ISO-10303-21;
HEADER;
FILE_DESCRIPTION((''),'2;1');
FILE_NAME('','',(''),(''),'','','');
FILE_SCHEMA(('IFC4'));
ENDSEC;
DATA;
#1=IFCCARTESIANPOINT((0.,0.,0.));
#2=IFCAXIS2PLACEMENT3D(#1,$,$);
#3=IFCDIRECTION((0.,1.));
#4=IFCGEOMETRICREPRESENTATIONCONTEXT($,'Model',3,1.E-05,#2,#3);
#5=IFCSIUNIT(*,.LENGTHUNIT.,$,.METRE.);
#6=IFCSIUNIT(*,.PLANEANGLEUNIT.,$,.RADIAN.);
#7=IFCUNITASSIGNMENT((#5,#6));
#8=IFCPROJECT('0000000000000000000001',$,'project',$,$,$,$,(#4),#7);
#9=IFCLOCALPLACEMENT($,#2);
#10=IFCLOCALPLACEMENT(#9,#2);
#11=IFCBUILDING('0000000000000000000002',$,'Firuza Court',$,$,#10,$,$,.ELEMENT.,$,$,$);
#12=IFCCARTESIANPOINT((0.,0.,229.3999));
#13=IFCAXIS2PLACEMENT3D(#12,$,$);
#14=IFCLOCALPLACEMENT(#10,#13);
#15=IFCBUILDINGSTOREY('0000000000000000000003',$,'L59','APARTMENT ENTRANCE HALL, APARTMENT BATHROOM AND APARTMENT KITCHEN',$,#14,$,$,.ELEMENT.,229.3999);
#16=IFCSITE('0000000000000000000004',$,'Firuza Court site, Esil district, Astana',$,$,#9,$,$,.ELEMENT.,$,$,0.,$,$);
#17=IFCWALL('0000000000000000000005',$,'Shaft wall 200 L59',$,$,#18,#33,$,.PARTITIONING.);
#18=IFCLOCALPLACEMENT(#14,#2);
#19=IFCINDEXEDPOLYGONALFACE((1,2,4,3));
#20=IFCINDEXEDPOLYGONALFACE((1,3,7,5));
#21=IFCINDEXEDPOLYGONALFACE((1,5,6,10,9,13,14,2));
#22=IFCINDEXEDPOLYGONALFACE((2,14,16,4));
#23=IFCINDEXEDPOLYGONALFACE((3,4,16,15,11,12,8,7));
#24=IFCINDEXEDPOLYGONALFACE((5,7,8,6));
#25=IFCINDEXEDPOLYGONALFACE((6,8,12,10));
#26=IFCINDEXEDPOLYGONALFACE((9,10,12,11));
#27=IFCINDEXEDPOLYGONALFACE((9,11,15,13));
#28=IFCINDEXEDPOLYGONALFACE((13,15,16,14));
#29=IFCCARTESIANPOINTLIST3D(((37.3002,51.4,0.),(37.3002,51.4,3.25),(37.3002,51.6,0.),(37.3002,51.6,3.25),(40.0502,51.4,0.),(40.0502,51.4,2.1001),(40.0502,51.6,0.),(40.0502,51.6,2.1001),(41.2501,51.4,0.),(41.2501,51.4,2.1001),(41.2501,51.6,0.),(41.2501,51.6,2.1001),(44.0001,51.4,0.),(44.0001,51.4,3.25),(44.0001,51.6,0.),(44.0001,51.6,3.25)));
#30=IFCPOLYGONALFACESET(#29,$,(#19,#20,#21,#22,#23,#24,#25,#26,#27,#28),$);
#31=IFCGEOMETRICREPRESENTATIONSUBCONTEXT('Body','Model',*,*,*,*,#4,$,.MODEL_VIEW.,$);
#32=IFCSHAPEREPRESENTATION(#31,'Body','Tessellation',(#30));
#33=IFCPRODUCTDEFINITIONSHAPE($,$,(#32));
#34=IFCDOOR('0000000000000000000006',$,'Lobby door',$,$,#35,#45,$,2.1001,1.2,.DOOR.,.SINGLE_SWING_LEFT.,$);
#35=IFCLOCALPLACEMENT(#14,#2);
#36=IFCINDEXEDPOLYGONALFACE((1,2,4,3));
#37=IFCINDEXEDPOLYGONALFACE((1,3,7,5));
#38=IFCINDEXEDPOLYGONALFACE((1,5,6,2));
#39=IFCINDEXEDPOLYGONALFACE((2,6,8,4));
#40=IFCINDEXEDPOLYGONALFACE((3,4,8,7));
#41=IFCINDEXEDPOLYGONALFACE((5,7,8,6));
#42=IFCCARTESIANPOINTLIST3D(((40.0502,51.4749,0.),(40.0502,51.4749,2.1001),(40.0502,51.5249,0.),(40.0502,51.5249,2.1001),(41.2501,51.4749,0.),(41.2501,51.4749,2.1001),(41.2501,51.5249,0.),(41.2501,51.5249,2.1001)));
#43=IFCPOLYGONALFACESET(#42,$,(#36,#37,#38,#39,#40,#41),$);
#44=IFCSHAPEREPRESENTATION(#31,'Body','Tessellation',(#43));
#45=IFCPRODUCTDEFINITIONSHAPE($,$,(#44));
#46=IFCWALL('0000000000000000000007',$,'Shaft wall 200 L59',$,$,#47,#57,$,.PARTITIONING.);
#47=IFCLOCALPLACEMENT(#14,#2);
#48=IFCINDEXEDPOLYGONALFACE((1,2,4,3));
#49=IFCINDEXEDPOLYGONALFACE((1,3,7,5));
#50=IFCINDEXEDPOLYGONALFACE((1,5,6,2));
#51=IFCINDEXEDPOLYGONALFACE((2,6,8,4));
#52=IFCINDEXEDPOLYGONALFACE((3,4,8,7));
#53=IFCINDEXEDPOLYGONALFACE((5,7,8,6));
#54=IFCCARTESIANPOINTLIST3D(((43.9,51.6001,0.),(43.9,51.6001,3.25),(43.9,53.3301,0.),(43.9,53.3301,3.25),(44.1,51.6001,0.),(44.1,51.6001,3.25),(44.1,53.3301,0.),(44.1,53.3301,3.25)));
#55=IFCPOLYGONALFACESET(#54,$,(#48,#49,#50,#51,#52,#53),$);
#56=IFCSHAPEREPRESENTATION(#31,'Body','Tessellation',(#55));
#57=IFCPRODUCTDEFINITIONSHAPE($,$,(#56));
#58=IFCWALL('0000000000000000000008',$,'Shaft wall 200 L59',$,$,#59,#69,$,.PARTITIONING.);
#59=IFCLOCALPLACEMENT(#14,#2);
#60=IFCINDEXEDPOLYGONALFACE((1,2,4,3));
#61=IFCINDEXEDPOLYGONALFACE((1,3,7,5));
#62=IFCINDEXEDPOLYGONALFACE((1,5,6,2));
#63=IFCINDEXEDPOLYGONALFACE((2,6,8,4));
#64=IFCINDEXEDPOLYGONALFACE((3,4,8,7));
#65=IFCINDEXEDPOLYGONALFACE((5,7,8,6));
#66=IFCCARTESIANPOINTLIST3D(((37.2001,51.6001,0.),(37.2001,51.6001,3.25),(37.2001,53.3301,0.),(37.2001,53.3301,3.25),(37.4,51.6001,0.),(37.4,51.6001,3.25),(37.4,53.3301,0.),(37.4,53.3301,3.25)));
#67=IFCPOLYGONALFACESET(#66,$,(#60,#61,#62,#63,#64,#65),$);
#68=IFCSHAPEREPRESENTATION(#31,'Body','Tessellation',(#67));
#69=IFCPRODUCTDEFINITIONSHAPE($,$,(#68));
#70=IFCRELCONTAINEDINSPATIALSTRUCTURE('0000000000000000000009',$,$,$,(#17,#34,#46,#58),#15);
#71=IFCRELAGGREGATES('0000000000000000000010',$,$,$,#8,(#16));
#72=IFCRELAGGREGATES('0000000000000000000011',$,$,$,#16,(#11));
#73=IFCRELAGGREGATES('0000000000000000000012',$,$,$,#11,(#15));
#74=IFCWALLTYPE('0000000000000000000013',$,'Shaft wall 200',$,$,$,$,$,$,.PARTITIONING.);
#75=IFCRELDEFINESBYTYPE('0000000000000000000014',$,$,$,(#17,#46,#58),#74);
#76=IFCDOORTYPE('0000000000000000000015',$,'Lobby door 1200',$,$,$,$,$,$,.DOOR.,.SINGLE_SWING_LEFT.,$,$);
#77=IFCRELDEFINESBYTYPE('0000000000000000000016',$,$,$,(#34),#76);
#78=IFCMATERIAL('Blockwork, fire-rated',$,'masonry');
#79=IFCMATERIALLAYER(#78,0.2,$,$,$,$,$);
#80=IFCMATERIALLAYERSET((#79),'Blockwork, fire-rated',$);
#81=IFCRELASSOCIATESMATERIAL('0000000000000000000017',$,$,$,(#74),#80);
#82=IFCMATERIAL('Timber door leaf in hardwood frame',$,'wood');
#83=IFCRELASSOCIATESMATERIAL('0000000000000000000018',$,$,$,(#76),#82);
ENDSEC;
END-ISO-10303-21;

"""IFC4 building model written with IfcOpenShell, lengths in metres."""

from ifc_helpers import new_model, si_unit, direction, frame, frame_2d, origin, place, context, subcontext, project, spatial, rectangle, extrude, material, layer, layer_set, type_object, element, fill, save


model = new_model("IFC4")

# Units and contexts
model_context = context("Model", 3, precision=1e-05, world=origin(), true_north=direction((0.0, 1.0)))
body_context = subcontext(model_context, "Body", "Model", "MODEL_VIEW")
ifc_project = project(units=[si_unit("LENGTHUNIT", "METRE"), si_unit("PLANEANGLEUNIT", "RADIAN")], contexts=[model_context])

# Site, building, storey
site_placement = place(None, origin())
site = spatial("IfcSite", under=ifc_project, at=site_placement, Name="Firuza Court site, Esil district, Astana", CompositionType="ELEMENT", RefElevation=0.0)
building_placement = place(site_placement, origin())
building = spatial("IfcBuilding", under=site, at=building_placement, Name="Firuza Court", CompositionType="ELEMENT")
storey_placement = place(building_placement, frame((0.0, 0.0, 229.3999)))
storey = spatial("IfcBuildingStorey", under=building, at=storey_placement, Name="L59", Description="APARTMENT ENTRANCE HALL, APARTMENT BATHROOM AND APARTMENT KITCHEN", CompositionType="ELEMENT", Elevation=229.3999)

# Wall, opening, door
ifc_material_1 = material(Name="Blockwork, fire-rated", Category="masonry")
ifc_layer_1 = layer(ifc_material_1, 0.2)
ifc_layer_set_1 = layer_set([ifc_layer_1], Name="Blockwork, fire-rated")
wall_type_1 = type_object("IfcWallType", Name="Shaft wall 200", PredefinedType="PARTITIONING", material=ifc_layer_set_1)
wall_1_placement = place(storey_placement, frame((37.3, 51.5, 0.0), z_axis=(0.0, 0.0, 1.0), x_axis=(1.0, 0.0, 0.0)))
wall_1 = element("IfcWall", 1, at=wall_1_placement, inside=storey, type_object=wall_type_1, Name="Shaft wall 200 L59", PredefinedType="PARTITIONING", context=body_context, shape_type="SweptSolid", body=[
    extrude(rectangle(XDim=6.7, YDim=0.2, at=frame_2d((3.3501, 0.0))), origin(), (0.0, 0.0, 1.0), 3.25),
])
opening_1_placement = place(wall_1_placement, frame((2.75, 0.0, 0.0)))
opening_1 = element("IfcOpeningElement", 2, at=opening_1_placement, cuts=wall_1, PredefinedType="OPENING", context=body_context, shape_type="SweptSolid", body=[
    extrude(rectangle(XDim=1.2, YDim=2.1001, at=frame_2d((0.6001, 1.05))), frame((0.0, 0.1118, 0.0), z_axis=(0.0, -1.0, 0.0), x_axis=(1.0, 0.0, 0.0)), (0.0, 0.0, 1.0), 0.2239),
])
ifc_material_2 = material(Name="Timber door leaf in hardwood frame", Category="wood")
door_type_1 = type_object("IfcDoorType", Name="Lobby door 1200", OperationType="SINGLE_SWING_LEFT", PredefinedType="DOOR", material=ifc_material_2)
door_1_placement = place(opening_1_placement, origin())
door_1 = element("IfcDoor", 3, at=door_1_placement, inside=storey, type_object=door_type_1, Name="Lobby door", OperationType="SINGLE_SWING_LEFT", OverallHeight=2.1001, OverallWidth=1.2, PredefinedType="DOOR", context=body_context, shape_type="SweptSolid", body=[
    extrude(rectangle(XDim=1.2, YDim=2.1001, at=frame_2d((0.6001, 1.05))), frame((0.0, 0.0249, 0.0), z_axis=(0.0, -1.0, 0.0), x_axis=(1.0, 0.0, 0.0)), (0.0, 0.0, 1.0), 0.05),
])
fill(opening_1, door_1)

# Walls
for number, where, z_axis, x_axis, name in (
    (4, (44.0, 51.6001, 0.0), (0.0, 0.0, 1.0), (0.0, 1.0, 0.0), "Shaft wall 200 L59"),
    (5, (37.3, 51.6001, 0.0), (0.0, 0.0, 1.0), (0.0, 1.0, 0.0), "Shaft wall 200 L59"),
):
    element("IfcWall", number, at=place(storey_placement, frame(where, z_axis=z_axis, x_axis=x_axis)), inside=storey, type_object=wall_type_1, Name=name, PredefinedType="PARTITIONING", context=body_context, shape_type="SweptSolid", body=[
        extrude(rectangle(XDim=1.73, YDim=0.2, at=frame_2d((0.865, 0.0))), origin(), (0.0, 0.0, 1.0), 3.25),
    ])

save(model, "model.ifc")
